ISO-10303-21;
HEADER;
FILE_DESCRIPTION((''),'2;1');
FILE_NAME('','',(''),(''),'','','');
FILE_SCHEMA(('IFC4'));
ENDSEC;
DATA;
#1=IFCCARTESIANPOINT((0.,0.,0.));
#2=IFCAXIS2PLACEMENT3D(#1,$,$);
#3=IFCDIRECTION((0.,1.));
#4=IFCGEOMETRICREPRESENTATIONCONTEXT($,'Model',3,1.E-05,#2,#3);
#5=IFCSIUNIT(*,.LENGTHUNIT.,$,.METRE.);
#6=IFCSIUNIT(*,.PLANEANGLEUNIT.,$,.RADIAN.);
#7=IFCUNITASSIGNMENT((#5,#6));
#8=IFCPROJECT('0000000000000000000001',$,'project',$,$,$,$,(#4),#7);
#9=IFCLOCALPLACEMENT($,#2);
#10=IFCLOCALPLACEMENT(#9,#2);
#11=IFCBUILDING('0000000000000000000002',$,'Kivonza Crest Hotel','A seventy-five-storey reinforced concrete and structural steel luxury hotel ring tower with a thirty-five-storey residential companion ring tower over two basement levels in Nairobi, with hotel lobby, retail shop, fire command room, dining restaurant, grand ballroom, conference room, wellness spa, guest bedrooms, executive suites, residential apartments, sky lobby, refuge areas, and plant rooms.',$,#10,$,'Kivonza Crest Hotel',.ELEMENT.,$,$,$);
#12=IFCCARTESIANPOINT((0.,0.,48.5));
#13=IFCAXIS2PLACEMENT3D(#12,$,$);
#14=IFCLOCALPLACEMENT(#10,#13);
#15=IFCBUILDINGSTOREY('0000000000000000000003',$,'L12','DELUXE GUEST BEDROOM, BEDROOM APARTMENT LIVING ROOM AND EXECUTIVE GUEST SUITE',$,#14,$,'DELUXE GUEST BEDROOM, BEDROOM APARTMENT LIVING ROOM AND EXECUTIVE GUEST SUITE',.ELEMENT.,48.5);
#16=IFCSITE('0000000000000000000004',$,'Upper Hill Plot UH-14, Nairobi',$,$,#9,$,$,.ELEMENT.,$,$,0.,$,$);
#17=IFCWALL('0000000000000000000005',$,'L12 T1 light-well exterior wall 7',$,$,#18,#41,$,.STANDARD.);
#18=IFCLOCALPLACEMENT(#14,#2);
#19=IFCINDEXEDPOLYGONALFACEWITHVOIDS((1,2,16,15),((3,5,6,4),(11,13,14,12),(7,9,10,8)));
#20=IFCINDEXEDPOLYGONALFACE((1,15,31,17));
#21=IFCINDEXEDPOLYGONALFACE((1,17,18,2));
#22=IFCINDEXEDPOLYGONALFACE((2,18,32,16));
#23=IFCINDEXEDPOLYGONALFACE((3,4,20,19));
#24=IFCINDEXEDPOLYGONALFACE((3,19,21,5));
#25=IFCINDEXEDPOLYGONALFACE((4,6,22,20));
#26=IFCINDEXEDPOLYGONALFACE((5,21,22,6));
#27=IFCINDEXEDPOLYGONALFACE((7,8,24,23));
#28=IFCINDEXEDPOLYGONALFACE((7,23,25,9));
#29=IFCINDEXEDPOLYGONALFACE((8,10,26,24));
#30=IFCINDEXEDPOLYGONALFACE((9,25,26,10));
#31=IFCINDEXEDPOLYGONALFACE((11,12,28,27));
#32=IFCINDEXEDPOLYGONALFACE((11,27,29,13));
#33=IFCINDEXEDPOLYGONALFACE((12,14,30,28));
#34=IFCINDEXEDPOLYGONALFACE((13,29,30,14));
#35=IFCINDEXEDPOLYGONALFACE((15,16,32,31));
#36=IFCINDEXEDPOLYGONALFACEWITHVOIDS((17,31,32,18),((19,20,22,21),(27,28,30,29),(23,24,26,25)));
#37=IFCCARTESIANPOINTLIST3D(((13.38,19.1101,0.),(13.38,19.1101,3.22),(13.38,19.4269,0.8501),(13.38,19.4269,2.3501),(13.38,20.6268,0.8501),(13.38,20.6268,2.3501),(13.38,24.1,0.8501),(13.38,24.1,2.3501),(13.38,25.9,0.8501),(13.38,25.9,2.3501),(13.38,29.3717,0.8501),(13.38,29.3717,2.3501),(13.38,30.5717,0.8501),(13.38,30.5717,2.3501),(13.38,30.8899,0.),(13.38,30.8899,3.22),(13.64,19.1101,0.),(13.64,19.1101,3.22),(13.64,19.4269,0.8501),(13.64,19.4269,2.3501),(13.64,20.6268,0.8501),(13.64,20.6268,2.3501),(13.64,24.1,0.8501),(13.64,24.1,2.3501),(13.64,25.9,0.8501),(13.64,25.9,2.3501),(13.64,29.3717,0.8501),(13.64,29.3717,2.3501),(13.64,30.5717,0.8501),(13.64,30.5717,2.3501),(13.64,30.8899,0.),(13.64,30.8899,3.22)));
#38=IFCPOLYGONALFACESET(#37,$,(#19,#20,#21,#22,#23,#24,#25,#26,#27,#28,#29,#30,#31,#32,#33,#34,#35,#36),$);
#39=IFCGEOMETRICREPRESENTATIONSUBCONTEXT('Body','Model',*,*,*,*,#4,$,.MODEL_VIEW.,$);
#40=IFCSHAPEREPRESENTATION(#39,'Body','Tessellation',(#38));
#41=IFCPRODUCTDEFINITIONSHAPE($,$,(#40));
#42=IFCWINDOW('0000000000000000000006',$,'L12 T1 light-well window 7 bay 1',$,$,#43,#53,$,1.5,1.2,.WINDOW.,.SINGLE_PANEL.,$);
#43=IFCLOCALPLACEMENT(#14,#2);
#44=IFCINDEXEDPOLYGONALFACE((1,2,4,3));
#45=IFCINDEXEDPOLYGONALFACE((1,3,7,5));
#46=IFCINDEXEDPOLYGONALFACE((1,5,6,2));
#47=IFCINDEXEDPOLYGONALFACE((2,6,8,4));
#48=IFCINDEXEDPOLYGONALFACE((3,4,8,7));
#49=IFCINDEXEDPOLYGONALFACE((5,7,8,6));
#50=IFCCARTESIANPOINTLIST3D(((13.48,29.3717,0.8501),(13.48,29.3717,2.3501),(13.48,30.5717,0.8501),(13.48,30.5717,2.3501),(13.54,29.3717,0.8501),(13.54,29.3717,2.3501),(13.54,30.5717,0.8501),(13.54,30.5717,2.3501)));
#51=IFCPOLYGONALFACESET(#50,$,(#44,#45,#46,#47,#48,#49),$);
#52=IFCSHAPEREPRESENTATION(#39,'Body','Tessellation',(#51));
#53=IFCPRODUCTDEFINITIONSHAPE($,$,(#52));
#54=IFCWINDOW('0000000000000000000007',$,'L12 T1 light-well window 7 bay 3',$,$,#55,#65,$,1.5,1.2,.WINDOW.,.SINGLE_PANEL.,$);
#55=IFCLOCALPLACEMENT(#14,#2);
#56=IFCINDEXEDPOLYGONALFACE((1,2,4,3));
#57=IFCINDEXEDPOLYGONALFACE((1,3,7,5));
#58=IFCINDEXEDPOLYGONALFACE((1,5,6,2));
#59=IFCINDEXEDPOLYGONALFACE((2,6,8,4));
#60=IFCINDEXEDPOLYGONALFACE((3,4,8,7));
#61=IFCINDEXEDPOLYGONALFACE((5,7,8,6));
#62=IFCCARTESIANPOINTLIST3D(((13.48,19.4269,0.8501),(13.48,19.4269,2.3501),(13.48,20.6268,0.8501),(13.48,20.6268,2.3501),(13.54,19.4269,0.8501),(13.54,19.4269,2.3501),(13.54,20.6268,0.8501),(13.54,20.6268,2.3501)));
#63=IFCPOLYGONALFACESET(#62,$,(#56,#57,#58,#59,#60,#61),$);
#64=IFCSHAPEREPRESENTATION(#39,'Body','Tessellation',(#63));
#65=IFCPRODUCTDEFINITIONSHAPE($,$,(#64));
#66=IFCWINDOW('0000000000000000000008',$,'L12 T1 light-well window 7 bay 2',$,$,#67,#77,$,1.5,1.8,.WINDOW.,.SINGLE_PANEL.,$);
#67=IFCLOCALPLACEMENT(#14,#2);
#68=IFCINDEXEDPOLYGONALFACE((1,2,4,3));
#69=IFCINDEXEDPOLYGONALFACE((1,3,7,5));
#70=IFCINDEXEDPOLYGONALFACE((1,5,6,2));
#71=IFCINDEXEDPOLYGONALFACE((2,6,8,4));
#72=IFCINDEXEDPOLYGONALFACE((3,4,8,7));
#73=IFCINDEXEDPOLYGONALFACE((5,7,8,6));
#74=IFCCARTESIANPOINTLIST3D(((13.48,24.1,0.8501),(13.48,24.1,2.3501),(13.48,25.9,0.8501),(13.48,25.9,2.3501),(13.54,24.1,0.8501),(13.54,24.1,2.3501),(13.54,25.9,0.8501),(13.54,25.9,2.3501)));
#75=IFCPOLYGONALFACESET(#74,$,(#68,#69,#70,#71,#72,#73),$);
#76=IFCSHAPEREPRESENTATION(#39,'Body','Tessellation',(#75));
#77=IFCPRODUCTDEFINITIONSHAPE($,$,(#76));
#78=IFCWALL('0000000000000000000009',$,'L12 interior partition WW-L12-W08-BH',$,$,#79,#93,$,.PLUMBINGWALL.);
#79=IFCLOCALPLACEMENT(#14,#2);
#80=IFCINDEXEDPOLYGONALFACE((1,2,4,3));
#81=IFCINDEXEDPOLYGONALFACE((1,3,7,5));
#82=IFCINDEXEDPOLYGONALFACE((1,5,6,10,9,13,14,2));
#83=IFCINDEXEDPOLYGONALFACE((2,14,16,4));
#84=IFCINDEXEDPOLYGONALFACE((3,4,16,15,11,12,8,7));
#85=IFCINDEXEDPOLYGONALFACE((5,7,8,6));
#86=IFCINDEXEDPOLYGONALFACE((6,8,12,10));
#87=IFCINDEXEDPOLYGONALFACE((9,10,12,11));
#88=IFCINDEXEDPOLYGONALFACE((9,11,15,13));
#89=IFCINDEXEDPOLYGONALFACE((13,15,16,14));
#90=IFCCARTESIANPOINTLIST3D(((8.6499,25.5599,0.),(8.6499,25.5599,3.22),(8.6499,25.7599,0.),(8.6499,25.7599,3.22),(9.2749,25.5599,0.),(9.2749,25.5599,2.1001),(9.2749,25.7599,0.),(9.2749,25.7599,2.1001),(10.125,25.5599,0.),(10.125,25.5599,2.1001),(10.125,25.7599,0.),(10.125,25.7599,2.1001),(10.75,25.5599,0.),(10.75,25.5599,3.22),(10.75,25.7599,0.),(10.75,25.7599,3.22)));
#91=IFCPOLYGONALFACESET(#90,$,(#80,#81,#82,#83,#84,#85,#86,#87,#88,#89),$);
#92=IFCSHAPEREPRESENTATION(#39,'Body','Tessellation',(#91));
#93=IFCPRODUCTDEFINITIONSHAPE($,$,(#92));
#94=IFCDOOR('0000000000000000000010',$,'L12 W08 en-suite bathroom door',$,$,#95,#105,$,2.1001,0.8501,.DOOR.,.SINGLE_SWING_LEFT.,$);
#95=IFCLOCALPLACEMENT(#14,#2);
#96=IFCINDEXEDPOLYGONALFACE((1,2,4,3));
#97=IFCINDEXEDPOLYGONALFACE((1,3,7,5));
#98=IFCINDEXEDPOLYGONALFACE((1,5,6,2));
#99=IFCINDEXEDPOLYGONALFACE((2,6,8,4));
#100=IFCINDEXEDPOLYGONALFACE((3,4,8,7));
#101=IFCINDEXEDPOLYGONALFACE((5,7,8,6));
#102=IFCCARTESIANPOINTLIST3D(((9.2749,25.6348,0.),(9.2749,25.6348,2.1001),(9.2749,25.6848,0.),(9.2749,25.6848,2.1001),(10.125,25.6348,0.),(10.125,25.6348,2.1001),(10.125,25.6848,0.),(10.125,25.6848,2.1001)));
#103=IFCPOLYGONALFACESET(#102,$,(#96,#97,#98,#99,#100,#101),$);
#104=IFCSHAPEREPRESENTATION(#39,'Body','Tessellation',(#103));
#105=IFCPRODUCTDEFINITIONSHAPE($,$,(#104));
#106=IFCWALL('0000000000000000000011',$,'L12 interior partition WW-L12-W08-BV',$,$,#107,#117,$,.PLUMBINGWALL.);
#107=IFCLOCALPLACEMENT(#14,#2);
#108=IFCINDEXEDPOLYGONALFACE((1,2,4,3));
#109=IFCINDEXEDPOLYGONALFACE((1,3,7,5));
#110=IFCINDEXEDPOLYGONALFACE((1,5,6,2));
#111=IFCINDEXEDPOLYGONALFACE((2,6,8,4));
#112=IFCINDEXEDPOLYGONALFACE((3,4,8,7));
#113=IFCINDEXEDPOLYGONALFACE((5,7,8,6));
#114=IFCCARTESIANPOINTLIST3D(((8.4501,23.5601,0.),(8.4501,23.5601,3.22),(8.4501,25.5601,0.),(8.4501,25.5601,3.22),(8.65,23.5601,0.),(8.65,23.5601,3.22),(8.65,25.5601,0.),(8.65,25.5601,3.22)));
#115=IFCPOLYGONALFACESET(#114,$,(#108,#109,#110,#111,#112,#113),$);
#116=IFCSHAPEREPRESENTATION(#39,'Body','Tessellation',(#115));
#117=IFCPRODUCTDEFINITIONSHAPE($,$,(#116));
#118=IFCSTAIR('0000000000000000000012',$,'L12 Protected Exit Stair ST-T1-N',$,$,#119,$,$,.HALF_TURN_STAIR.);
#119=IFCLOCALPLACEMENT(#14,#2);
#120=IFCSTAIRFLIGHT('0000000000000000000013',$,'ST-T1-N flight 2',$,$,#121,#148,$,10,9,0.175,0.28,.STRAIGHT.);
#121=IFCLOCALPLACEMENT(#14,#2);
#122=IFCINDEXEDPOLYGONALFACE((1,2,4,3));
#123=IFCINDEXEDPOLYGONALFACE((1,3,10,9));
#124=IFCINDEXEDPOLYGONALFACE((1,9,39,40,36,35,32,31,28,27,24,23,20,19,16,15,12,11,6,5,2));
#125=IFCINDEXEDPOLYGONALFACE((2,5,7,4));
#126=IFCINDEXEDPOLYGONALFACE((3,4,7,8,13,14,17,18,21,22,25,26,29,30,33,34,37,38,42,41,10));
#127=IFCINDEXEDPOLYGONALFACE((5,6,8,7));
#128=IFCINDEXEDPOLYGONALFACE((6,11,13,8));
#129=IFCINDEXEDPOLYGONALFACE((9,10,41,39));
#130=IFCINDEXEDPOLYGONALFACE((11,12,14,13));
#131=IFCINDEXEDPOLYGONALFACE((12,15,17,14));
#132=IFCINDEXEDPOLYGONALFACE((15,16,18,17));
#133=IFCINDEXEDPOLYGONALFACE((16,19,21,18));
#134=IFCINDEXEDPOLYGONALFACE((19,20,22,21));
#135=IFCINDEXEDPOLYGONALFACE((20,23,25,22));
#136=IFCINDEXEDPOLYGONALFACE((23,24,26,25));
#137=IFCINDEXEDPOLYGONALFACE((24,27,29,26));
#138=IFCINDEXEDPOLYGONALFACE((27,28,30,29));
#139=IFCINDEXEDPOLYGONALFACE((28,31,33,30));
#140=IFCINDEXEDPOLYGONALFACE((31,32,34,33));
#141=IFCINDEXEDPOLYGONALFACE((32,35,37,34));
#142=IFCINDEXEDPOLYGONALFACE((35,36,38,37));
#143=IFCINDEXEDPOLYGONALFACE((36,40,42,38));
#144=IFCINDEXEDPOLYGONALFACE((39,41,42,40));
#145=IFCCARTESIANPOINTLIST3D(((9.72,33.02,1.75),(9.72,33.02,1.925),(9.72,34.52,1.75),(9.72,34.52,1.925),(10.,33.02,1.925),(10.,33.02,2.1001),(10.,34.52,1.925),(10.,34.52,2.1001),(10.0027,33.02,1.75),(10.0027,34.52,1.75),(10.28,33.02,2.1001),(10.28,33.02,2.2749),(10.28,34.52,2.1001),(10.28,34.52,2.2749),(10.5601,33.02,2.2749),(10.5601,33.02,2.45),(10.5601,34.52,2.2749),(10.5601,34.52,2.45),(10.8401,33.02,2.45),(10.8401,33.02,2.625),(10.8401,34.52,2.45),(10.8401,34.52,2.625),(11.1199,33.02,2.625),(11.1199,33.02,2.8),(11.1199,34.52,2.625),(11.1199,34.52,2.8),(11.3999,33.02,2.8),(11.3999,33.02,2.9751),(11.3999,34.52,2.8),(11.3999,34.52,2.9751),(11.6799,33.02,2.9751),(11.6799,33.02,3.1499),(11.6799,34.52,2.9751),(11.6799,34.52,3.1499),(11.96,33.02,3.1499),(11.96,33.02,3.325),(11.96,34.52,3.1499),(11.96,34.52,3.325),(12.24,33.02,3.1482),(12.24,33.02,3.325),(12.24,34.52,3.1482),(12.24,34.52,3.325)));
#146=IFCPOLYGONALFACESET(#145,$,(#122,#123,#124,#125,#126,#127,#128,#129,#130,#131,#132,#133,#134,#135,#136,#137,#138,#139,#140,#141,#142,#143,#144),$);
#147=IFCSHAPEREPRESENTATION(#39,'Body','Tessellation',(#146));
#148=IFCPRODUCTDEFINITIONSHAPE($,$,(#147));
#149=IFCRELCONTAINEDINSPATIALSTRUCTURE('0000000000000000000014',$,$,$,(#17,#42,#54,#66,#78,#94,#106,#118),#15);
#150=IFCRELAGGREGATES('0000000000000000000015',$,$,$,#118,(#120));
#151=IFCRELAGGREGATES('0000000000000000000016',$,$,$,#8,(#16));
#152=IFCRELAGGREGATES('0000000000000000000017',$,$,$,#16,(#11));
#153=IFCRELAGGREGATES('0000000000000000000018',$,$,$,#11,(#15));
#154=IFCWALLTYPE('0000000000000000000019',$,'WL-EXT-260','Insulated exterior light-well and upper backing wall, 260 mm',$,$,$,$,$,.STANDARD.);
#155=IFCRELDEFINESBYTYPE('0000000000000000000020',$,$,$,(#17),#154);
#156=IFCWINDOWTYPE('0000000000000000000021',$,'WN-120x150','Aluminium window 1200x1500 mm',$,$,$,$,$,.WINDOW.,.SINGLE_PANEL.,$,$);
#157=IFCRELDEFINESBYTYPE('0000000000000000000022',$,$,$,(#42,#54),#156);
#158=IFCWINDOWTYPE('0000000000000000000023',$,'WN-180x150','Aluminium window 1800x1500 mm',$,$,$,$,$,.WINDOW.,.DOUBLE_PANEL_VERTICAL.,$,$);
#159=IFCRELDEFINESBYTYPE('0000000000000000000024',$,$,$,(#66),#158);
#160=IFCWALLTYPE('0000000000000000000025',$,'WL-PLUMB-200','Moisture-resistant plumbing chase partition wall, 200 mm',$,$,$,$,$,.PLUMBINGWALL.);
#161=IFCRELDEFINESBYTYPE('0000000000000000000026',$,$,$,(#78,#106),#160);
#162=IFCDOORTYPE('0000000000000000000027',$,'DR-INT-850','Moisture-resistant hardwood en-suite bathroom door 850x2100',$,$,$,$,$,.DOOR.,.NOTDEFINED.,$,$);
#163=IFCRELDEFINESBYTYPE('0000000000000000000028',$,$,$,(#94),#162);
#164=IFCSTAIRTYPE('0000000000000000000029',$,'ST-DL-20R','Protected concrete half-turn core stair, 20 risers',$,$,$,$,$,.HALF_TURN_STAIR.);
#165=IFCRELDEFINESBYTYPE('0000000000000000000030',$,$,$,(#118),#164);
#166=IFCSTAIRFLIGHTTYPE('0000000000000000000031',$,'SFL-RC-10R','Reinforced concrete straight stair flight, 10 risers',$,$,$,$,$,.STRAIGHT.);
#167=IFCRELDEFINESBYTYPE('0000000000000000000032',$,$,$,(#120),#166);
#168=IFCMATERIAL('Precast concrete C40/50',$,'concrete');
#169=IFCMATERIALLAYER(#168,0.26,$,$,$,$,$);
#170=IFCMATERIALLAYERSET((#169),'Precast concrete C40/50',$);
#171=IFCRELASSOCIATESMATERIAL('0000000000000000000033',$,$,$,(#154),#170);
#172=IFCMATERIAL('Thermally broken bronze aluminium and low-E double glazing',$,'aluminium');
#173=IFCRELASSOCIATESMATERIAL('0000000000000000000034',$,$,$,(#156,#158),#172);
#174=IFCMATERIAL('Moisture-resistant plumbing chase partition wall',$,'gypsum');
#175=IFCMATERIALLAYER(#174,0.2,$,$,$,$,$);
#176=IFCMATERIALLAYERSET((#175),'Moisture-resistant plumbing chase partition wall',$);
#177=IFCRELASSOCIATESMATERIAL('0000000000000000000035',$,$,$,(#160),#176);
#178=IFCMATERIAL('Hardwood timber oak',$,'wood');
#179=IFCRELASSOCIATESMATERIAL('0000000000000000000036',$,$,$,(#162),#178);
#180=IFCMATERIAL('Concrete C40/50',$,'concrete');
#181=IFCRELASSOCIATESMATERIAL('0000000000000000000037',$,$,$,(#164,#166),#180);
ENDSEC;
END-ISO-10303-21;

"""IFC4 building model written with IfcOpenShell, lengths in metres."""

from ifc_helpers import new_model, si_unit, direction, frame, frame_2d, origin, place, context, subcontext, project, spatial, polyline, rectangle, outline, extrude, material, layer, layer_set, type_object, element, fill, aggregate, save


model = new_model("IFC4")

# Units and contexts
model_context = context("Model", 3, precision=1e-05, world=origin(), true_north=direction((0.0, 1.0)))
body_context = subcontext(model_context, "Body", "Model", "MODEL_VIEW")
ifc_project = project(units=[si_unit("LENGTHUNIT", "METRE"), si_unit("PLANEANGLEUNIT", "RADIAN")], contexts=[model_context])

# Site, building, storey
site_placement = place(None, origin())
site = spatial("IfcSite", under=ifc_project, at=site_placement, Name="Upper Hill Plot UH-14, Nairobi", CompositionType="ELEMENT", RefElevation=0.0)
building_placement = place(site_placement, origin())
building = spatial("IfcBuilding", under=site, at=building_placement, Name="Kivonza Crest Hotel", Description="A seventy-five-storey reinforced concrete and structural steel luxury hotel ring tower with a thirty-five-storey residential companion ring tower over two basement levels in Nairobi, with hotel lobby, retail shop, fire command room, dining restaurant, grand ballroom, conference room, wellness spa, guest bedrooms, executive suites, residential apartments, sky lobby, refuge areas, and plant rooms.", LongName="Kivonza Crest Hotel", CompositionType="ELEMENT")
storey_placement = place(building_placement, frame((0.0, 0.0, 48.5)))
storey = spatial("IfcBuildingStorey", under=building, at=storey_placement, Name="L12", Description="DELUXE GUEST BEDROOM, BEDROOM APARTMENT LIVING ROOM AND EXECUTIVE GUEST SUITE", LongName="DELUXE GUEST BEDROOM, BEDROOM APARTMENT LIVING ROOM AND EXECUTIVE GUEST SUITE", CompositionType="ELEMENT", Elevation=48.5)

# Shared definitions
ifc_material_1 = material(Name="Hardwood timber oak", Category="wood")

# Shared definitions
ifc_material_2 = material(Name="Precast concrete C40/50", Category="concrete")
ifc_layer_1 = layer(ifc_material_2, 0.26)
ifc_layer_set_1 = layer_set([ifc_layer_1], Name="Precast concrete C40/50")
wall_type_1 = type_object("IfcWallType", Name="WL-EXT-260", Description="Insulated exterior light-well and upper backing wall, 260 mm", PredefinedType="STANDARD", material=ifc_layer_set_1)

# Wall, openings, windows
wall_1_placement = place(storey_placement, frame((13.51, 30.8899, 0.0), z_axis=(0.0, 0.0, 1.0), x_axis=(0.0, -1.0, 0.0)))
wall_1 = element("IfcWall", 1, at=wall_1_placement, inside=storey, type_object=wall_type_1, Name="L12 T1 light-well exterior wall 7", PredefinedType="STANDARD", context=body_context, shape_type="SweptSolid", body=[
    extrude(rectangle(XDim=11.7798, YDim=0.26, at=frame_2d((5.8899, 0.0))), origin(), (0.0, 0.0, 1.0), 3.22),
])
opening_1_placement = place(wall_1_placement, frame((0.3181, 0.0, 0.8501)))
opening_1 = element("IfcOpeningElement", 2, at=opening_1_placement, cuts=wall_1, PredefinedType="OPENING", context=body_context, shape_type="SweptSolid", body=[
    extrude(rectangle(XDim=1.2, YDim=1.5, at=frame_2d((0.6001, 0.75))), frame((0.0, 0.1401, 0.0), z_axis=(0.0, -1.0, 0.0), x_axis=(1.0, 0.0, 0.0)), (0.0, 0.0, 1.0), 0.28),
])
opening_2_placement = place(wall_1_placement, frame((4.99, 0.0, 0.8501)))
opening_2 = element("IfcOpeningElement", 3, at=opening_2_placement, cuts=wall_1, PredefinedType="OPENING", context=body_context, shape_type="SweptSolid", body=[
    extrude(rectangle(XDim=1.8, YDim=1.5, at=frame_2d((0.8999, 0.75))), frame((0.0, 0.1401, 0.0), z_axis=(0.0, -1.0, 0.0), x_axis=(1.0, 0.0, 0.0)), (0.0, 0.0, 1.0), 0.28),
])
opening_3_placement = place(wall_1_placement, frame((10.2629, 0.0, 0.8501)))
opening_3 = element("IfcOpeningElement", 4, at=opening_3_placement, cuts=wall_1, PredefinedType="OPENING", context=body_context, shape_type="SweptSolid", body=[
    extrude(rectangle(XDim=1.2, YDim=1.5, at=frame_2d((0.6001, 0.75))), frame((0.0, 0.1401, 0.0), z_axis=(0.0, -1.0, 0.0), x_axis=(1.0, 0.0, 0.0)), (0.0, 0.0, 1.0), 0.28),
])
ifc_material_3 = material(Name="Thermally broken bronze aluminium and low-E double glazing", Category="aluminium")
window_type_1 = type_object("IfcWindowType", Name="WN-120x150", Description="Aluminium window 1200x1500 mm", PartitioningType="SINGLE_PANEL", PredefinedType="WINDOW", material=ifc_material_3)
window_1_placement = place(opening_1_placement, origin())
window_1 = element("IfcWindow", 5, at=window_1_placement, inside=storey, type_object=window_type_1, Name="L12 T1 light-well window 7 bay 1", OverallHeight=1.5, OverallWidth=1.2, PartitioningType="SINGLE_PANEL", PredefinedType="WINDOW", context=body_context, shape_type="SweptSolid", body=[
    extrude(rectangle(XDim=1.2, YDim=1.5, at=frame_2d((0.6001, 0.75))), frame((0.0, 0.03, 0.0), z_axis=(0.0, -1.0, 0.0), x_axis=(1.0, 0.0, 0.0)), (0.0, 0.0, 1.0), 0.0601),
])
fill(opening_1, window_1)
window_2_placement = place(opening_3_placement, origin())
window_2 = element("IfcWindow", 6, at=window_2_placement, inside=storey, type_object=window_type_1, Name="L12 T1 light-well window 7 bay 3", OverallHeight=1.5, OverallWidth=1.2, PartitioningType="SINGLE_PANEL", PredefinedType="WINDOW", context=body_context, shape_type="SweptSolid", body=[
    extrude(rectangle(XDim=1.2, YDim=1.5, at=frame_2d((0.6001, 0.75))), frame((0.0, 0.03, 0.0), z_axis=(0.0, -1.0, 0.0), x_axis=(1.0, 0.0, 0.0)), (0.0, 0.0, 1.0), 0.0601),
])
fill(opening_3, window_2)
window_type_2 = type_object("IfcWindowType", Name="WN-180x150", Description="Aluminium window 1800x1500 mm", PartitioningType="DOUBLE_PANEL_VERTICAL", PredefinedType="WINDOW", material=ifc_material_3)
window_3_placement = place(opening_2_placement, origin())
window_3 = element("IfcWindow", 7, at=window_3_placement, inside=storey, type_object=window_type_2, Name="L12 T1 light-well window 7 bay 2", OverallHeight=1.5, OverallWidth=1.8, PartitioningType="SINGLE_PANEL", PredefinedType="WINDOW", context=body_context, shape_type="SweptSolid", body=[
    extrude(rectangle(XDim=1.8, YDim=1.5, at=frame_2d((0.8999, 0.75))), frame((0.0, 0.03, 0.0), z_axis=(0.0, -1.0, 0.0), x_axis=(1.0, 0.0, 0.0)), (0.0, 0.0, 1.0), 0.0601),
])
fill(opening_2, window_3)

# Wall, opening, door
ifc_material_4 = material(Name="Moisture-resistant plumbing chase partition wall", Category="gypsum")
ifc_layer_2 = layer(ifc_material_4, 0.2)
ifc_layer_set_2 = layer_set([ifc_layer_2], Name="Moisture-resistant plumbing chase partition wall")
wall_type_2 = type_object("IfcWallType", Name="WL-PLUMB-200", Description="Moisture-resistant plumbing chase partition wall, 200 mm", PredefinedType="PLUMBINGWALL", material=ifc_layer_set_2)
wall_2_placement = place(storey_placement, frame((8.6499, 25.6599, 0.0), z_axis=(0.0, 0.0, 1.0), x_axis=(1.0, 0.0, 0.0)))
wall_2 = element("IfcWall", 8, at=wall_2_placement, inside=storey, type_object=wall_type_2, Name="L12 interior partition WW-L12-W08-BH", PredefinedType="PLUMBINGWALL", context=body_context, shape_type="SweptSolid", body=[
    extrude(rectangle(XDim=2.1001, YDim=0.2, at=frame_2d((1.05, 0.0))), origin(), (0.0, 0.0, 1.0), 3.22),
])
opening_4_placement = place(wall_2_placement, frame((0.625, 0.0, 0.0)))
opening_4 = element("IfcOpeningElement", 9, at=opening_4_placement, cuts=wall_2, PredefinedType="OPENING", context=body_context, shape_type="SweptSolid", body=[
    extrude(rectangle(XDim=0.8501, YDim=2.1001, at=frame_2d((0.425, 1.05))), frame((0.0, 0.1099, 0.0), z_axis=(0.0, -1.0, 0.0), x_axis=(1.0, 0.0, 0.0)), (0.0, 0.0, 1.0), 0.22),
])
door_type_1 = type_object("IfcDoorType", Name="DR-INT-850", Description="Moisture-resistant hardwood en-suite bathroom door 850x2100", OperationType="NOTDEFINED", PredefinedType="DOOR", material=ifc_material_1)
door_1_placement = place(opening_4_placement, origin())
door_1 = element("IfcDoor", 10, at=door_1_placement, inside=storey, type_object=door_type_1, Name="L12 W08 en-suite bathroom door", OperationType="SINGLE_SWING_LEFT", OverallHeight=2.1001, OverallWidth=0.8501, PredefinedType="DOOR", context=body_context, shape_type="SweptSolid", body=[
    extrude(rectangle(XDim=0.8501, YDim=2.1001, at=frame_2d((0.425, 1.05))), frame((0.0, 0.0249, 0.0), z_axis=(0.0, -1.0, 0.0), x_axis=(1.0, 0.0, 0.0)), (0.0, 0.0, 1.0), 0.05),
])
fill(opening_4, door_1)

# Wall
wall_3_placement = place(storey_placement, frame((8.55, 23.5601, 0.0), z_axis=(0.0, 0.0, 1.0), x_axis=(0.0, 1.0, 0.0)))
element("IfcWall", 11, at=wall_3_placement, inside=storey, type_object=wall_type_2, Name="L12 interior partition WW-L12-W08-BV", PredefinedType="PLUMBINGWALL", context=body_context, shape_type="SweptSolid", body=[
    extrude(rectangle(XDim=2.0, YDim=0.2, at=frame_2d((1.0, 0.0))), origin(), (0.0, 0.0, 1.0), 3.22),
])

# Stair, stair flight
ifc_material_5 = material(Name="Concrete C40/50", Category="concrete")
stair_type = type_object("IfcStairType", Name="ST-DL-20R", Description="Protected concrete half-turn core stair, 20 risers", PredefinedType="HALF_TURN_STAIR", material=ifc_material_5)
stair_placement = place(storey_placement, origin())
stair = element("IfcStair", 12, at=stair_placement, inside=storey, type_object=stair_type, Name="L12 Protected Exit Stair ST-T1-N", PredefinedType="HALF_TURN_STAIR")
stair_flight_type = type_object("IfcStairFlightType", Name="SFL-RC-10R", Description="Reinforced concrete straight stair flight, 10 risers", PredefinedType="STRAIGHT", material=ifc_material_5)
stair_flight_placement = place(storey_placement, frame((9.72, 33.77, 1.75), z_axis=(0.0, 0.0, 1.0), x_axis=(1.0, 0.0, 0.0)))
stair_flight = element("IfcStairFlight", 13, at=stair_flight_placement, type_object=stair_flight_type, Name="ST-T1-N flight 2", NumberOfRisers=10, NumberOfTreads=9, PredefinedType="STRAIGHT", RiserHeight=0.175, TreadLength=0.28, context=body_context, shape_type="SweptSolid", body=[
    extrude(outline(polyline([(0.0, 0.0), (0.0, 0.175), (0.28, 0.175), (0.28, 0.3501), (0.5601, 0.3501), (0.5601, 0.5249), (0.8401, 0.5249), (0.8401, 0.7), (1.1201, 0.7), (1.1201, 0.875), (1.3999, 0.875), (1.3999, 1.05), (1.6799, 1.05), (1.6799, 1.2251), (1.96, 1.2251), (1.96, 1.3999), (2.24, 1.3999), (2.24, 1.575), (2.52, 1.575), (2.52, 1.75), (2.52, 1.3982), (0.2827, 0.0), (0.0, 0.0)])), frame((0.0, 0.75, 0.0), z_axis=(0.0, -1.0, 0.0), x_axis=(1.0, 0.0, 0.0)), (0.0, 0.0, 1.0), 1.5),
])
aggregate(stair, [stair_flight])

save(model, "model.ifc")
